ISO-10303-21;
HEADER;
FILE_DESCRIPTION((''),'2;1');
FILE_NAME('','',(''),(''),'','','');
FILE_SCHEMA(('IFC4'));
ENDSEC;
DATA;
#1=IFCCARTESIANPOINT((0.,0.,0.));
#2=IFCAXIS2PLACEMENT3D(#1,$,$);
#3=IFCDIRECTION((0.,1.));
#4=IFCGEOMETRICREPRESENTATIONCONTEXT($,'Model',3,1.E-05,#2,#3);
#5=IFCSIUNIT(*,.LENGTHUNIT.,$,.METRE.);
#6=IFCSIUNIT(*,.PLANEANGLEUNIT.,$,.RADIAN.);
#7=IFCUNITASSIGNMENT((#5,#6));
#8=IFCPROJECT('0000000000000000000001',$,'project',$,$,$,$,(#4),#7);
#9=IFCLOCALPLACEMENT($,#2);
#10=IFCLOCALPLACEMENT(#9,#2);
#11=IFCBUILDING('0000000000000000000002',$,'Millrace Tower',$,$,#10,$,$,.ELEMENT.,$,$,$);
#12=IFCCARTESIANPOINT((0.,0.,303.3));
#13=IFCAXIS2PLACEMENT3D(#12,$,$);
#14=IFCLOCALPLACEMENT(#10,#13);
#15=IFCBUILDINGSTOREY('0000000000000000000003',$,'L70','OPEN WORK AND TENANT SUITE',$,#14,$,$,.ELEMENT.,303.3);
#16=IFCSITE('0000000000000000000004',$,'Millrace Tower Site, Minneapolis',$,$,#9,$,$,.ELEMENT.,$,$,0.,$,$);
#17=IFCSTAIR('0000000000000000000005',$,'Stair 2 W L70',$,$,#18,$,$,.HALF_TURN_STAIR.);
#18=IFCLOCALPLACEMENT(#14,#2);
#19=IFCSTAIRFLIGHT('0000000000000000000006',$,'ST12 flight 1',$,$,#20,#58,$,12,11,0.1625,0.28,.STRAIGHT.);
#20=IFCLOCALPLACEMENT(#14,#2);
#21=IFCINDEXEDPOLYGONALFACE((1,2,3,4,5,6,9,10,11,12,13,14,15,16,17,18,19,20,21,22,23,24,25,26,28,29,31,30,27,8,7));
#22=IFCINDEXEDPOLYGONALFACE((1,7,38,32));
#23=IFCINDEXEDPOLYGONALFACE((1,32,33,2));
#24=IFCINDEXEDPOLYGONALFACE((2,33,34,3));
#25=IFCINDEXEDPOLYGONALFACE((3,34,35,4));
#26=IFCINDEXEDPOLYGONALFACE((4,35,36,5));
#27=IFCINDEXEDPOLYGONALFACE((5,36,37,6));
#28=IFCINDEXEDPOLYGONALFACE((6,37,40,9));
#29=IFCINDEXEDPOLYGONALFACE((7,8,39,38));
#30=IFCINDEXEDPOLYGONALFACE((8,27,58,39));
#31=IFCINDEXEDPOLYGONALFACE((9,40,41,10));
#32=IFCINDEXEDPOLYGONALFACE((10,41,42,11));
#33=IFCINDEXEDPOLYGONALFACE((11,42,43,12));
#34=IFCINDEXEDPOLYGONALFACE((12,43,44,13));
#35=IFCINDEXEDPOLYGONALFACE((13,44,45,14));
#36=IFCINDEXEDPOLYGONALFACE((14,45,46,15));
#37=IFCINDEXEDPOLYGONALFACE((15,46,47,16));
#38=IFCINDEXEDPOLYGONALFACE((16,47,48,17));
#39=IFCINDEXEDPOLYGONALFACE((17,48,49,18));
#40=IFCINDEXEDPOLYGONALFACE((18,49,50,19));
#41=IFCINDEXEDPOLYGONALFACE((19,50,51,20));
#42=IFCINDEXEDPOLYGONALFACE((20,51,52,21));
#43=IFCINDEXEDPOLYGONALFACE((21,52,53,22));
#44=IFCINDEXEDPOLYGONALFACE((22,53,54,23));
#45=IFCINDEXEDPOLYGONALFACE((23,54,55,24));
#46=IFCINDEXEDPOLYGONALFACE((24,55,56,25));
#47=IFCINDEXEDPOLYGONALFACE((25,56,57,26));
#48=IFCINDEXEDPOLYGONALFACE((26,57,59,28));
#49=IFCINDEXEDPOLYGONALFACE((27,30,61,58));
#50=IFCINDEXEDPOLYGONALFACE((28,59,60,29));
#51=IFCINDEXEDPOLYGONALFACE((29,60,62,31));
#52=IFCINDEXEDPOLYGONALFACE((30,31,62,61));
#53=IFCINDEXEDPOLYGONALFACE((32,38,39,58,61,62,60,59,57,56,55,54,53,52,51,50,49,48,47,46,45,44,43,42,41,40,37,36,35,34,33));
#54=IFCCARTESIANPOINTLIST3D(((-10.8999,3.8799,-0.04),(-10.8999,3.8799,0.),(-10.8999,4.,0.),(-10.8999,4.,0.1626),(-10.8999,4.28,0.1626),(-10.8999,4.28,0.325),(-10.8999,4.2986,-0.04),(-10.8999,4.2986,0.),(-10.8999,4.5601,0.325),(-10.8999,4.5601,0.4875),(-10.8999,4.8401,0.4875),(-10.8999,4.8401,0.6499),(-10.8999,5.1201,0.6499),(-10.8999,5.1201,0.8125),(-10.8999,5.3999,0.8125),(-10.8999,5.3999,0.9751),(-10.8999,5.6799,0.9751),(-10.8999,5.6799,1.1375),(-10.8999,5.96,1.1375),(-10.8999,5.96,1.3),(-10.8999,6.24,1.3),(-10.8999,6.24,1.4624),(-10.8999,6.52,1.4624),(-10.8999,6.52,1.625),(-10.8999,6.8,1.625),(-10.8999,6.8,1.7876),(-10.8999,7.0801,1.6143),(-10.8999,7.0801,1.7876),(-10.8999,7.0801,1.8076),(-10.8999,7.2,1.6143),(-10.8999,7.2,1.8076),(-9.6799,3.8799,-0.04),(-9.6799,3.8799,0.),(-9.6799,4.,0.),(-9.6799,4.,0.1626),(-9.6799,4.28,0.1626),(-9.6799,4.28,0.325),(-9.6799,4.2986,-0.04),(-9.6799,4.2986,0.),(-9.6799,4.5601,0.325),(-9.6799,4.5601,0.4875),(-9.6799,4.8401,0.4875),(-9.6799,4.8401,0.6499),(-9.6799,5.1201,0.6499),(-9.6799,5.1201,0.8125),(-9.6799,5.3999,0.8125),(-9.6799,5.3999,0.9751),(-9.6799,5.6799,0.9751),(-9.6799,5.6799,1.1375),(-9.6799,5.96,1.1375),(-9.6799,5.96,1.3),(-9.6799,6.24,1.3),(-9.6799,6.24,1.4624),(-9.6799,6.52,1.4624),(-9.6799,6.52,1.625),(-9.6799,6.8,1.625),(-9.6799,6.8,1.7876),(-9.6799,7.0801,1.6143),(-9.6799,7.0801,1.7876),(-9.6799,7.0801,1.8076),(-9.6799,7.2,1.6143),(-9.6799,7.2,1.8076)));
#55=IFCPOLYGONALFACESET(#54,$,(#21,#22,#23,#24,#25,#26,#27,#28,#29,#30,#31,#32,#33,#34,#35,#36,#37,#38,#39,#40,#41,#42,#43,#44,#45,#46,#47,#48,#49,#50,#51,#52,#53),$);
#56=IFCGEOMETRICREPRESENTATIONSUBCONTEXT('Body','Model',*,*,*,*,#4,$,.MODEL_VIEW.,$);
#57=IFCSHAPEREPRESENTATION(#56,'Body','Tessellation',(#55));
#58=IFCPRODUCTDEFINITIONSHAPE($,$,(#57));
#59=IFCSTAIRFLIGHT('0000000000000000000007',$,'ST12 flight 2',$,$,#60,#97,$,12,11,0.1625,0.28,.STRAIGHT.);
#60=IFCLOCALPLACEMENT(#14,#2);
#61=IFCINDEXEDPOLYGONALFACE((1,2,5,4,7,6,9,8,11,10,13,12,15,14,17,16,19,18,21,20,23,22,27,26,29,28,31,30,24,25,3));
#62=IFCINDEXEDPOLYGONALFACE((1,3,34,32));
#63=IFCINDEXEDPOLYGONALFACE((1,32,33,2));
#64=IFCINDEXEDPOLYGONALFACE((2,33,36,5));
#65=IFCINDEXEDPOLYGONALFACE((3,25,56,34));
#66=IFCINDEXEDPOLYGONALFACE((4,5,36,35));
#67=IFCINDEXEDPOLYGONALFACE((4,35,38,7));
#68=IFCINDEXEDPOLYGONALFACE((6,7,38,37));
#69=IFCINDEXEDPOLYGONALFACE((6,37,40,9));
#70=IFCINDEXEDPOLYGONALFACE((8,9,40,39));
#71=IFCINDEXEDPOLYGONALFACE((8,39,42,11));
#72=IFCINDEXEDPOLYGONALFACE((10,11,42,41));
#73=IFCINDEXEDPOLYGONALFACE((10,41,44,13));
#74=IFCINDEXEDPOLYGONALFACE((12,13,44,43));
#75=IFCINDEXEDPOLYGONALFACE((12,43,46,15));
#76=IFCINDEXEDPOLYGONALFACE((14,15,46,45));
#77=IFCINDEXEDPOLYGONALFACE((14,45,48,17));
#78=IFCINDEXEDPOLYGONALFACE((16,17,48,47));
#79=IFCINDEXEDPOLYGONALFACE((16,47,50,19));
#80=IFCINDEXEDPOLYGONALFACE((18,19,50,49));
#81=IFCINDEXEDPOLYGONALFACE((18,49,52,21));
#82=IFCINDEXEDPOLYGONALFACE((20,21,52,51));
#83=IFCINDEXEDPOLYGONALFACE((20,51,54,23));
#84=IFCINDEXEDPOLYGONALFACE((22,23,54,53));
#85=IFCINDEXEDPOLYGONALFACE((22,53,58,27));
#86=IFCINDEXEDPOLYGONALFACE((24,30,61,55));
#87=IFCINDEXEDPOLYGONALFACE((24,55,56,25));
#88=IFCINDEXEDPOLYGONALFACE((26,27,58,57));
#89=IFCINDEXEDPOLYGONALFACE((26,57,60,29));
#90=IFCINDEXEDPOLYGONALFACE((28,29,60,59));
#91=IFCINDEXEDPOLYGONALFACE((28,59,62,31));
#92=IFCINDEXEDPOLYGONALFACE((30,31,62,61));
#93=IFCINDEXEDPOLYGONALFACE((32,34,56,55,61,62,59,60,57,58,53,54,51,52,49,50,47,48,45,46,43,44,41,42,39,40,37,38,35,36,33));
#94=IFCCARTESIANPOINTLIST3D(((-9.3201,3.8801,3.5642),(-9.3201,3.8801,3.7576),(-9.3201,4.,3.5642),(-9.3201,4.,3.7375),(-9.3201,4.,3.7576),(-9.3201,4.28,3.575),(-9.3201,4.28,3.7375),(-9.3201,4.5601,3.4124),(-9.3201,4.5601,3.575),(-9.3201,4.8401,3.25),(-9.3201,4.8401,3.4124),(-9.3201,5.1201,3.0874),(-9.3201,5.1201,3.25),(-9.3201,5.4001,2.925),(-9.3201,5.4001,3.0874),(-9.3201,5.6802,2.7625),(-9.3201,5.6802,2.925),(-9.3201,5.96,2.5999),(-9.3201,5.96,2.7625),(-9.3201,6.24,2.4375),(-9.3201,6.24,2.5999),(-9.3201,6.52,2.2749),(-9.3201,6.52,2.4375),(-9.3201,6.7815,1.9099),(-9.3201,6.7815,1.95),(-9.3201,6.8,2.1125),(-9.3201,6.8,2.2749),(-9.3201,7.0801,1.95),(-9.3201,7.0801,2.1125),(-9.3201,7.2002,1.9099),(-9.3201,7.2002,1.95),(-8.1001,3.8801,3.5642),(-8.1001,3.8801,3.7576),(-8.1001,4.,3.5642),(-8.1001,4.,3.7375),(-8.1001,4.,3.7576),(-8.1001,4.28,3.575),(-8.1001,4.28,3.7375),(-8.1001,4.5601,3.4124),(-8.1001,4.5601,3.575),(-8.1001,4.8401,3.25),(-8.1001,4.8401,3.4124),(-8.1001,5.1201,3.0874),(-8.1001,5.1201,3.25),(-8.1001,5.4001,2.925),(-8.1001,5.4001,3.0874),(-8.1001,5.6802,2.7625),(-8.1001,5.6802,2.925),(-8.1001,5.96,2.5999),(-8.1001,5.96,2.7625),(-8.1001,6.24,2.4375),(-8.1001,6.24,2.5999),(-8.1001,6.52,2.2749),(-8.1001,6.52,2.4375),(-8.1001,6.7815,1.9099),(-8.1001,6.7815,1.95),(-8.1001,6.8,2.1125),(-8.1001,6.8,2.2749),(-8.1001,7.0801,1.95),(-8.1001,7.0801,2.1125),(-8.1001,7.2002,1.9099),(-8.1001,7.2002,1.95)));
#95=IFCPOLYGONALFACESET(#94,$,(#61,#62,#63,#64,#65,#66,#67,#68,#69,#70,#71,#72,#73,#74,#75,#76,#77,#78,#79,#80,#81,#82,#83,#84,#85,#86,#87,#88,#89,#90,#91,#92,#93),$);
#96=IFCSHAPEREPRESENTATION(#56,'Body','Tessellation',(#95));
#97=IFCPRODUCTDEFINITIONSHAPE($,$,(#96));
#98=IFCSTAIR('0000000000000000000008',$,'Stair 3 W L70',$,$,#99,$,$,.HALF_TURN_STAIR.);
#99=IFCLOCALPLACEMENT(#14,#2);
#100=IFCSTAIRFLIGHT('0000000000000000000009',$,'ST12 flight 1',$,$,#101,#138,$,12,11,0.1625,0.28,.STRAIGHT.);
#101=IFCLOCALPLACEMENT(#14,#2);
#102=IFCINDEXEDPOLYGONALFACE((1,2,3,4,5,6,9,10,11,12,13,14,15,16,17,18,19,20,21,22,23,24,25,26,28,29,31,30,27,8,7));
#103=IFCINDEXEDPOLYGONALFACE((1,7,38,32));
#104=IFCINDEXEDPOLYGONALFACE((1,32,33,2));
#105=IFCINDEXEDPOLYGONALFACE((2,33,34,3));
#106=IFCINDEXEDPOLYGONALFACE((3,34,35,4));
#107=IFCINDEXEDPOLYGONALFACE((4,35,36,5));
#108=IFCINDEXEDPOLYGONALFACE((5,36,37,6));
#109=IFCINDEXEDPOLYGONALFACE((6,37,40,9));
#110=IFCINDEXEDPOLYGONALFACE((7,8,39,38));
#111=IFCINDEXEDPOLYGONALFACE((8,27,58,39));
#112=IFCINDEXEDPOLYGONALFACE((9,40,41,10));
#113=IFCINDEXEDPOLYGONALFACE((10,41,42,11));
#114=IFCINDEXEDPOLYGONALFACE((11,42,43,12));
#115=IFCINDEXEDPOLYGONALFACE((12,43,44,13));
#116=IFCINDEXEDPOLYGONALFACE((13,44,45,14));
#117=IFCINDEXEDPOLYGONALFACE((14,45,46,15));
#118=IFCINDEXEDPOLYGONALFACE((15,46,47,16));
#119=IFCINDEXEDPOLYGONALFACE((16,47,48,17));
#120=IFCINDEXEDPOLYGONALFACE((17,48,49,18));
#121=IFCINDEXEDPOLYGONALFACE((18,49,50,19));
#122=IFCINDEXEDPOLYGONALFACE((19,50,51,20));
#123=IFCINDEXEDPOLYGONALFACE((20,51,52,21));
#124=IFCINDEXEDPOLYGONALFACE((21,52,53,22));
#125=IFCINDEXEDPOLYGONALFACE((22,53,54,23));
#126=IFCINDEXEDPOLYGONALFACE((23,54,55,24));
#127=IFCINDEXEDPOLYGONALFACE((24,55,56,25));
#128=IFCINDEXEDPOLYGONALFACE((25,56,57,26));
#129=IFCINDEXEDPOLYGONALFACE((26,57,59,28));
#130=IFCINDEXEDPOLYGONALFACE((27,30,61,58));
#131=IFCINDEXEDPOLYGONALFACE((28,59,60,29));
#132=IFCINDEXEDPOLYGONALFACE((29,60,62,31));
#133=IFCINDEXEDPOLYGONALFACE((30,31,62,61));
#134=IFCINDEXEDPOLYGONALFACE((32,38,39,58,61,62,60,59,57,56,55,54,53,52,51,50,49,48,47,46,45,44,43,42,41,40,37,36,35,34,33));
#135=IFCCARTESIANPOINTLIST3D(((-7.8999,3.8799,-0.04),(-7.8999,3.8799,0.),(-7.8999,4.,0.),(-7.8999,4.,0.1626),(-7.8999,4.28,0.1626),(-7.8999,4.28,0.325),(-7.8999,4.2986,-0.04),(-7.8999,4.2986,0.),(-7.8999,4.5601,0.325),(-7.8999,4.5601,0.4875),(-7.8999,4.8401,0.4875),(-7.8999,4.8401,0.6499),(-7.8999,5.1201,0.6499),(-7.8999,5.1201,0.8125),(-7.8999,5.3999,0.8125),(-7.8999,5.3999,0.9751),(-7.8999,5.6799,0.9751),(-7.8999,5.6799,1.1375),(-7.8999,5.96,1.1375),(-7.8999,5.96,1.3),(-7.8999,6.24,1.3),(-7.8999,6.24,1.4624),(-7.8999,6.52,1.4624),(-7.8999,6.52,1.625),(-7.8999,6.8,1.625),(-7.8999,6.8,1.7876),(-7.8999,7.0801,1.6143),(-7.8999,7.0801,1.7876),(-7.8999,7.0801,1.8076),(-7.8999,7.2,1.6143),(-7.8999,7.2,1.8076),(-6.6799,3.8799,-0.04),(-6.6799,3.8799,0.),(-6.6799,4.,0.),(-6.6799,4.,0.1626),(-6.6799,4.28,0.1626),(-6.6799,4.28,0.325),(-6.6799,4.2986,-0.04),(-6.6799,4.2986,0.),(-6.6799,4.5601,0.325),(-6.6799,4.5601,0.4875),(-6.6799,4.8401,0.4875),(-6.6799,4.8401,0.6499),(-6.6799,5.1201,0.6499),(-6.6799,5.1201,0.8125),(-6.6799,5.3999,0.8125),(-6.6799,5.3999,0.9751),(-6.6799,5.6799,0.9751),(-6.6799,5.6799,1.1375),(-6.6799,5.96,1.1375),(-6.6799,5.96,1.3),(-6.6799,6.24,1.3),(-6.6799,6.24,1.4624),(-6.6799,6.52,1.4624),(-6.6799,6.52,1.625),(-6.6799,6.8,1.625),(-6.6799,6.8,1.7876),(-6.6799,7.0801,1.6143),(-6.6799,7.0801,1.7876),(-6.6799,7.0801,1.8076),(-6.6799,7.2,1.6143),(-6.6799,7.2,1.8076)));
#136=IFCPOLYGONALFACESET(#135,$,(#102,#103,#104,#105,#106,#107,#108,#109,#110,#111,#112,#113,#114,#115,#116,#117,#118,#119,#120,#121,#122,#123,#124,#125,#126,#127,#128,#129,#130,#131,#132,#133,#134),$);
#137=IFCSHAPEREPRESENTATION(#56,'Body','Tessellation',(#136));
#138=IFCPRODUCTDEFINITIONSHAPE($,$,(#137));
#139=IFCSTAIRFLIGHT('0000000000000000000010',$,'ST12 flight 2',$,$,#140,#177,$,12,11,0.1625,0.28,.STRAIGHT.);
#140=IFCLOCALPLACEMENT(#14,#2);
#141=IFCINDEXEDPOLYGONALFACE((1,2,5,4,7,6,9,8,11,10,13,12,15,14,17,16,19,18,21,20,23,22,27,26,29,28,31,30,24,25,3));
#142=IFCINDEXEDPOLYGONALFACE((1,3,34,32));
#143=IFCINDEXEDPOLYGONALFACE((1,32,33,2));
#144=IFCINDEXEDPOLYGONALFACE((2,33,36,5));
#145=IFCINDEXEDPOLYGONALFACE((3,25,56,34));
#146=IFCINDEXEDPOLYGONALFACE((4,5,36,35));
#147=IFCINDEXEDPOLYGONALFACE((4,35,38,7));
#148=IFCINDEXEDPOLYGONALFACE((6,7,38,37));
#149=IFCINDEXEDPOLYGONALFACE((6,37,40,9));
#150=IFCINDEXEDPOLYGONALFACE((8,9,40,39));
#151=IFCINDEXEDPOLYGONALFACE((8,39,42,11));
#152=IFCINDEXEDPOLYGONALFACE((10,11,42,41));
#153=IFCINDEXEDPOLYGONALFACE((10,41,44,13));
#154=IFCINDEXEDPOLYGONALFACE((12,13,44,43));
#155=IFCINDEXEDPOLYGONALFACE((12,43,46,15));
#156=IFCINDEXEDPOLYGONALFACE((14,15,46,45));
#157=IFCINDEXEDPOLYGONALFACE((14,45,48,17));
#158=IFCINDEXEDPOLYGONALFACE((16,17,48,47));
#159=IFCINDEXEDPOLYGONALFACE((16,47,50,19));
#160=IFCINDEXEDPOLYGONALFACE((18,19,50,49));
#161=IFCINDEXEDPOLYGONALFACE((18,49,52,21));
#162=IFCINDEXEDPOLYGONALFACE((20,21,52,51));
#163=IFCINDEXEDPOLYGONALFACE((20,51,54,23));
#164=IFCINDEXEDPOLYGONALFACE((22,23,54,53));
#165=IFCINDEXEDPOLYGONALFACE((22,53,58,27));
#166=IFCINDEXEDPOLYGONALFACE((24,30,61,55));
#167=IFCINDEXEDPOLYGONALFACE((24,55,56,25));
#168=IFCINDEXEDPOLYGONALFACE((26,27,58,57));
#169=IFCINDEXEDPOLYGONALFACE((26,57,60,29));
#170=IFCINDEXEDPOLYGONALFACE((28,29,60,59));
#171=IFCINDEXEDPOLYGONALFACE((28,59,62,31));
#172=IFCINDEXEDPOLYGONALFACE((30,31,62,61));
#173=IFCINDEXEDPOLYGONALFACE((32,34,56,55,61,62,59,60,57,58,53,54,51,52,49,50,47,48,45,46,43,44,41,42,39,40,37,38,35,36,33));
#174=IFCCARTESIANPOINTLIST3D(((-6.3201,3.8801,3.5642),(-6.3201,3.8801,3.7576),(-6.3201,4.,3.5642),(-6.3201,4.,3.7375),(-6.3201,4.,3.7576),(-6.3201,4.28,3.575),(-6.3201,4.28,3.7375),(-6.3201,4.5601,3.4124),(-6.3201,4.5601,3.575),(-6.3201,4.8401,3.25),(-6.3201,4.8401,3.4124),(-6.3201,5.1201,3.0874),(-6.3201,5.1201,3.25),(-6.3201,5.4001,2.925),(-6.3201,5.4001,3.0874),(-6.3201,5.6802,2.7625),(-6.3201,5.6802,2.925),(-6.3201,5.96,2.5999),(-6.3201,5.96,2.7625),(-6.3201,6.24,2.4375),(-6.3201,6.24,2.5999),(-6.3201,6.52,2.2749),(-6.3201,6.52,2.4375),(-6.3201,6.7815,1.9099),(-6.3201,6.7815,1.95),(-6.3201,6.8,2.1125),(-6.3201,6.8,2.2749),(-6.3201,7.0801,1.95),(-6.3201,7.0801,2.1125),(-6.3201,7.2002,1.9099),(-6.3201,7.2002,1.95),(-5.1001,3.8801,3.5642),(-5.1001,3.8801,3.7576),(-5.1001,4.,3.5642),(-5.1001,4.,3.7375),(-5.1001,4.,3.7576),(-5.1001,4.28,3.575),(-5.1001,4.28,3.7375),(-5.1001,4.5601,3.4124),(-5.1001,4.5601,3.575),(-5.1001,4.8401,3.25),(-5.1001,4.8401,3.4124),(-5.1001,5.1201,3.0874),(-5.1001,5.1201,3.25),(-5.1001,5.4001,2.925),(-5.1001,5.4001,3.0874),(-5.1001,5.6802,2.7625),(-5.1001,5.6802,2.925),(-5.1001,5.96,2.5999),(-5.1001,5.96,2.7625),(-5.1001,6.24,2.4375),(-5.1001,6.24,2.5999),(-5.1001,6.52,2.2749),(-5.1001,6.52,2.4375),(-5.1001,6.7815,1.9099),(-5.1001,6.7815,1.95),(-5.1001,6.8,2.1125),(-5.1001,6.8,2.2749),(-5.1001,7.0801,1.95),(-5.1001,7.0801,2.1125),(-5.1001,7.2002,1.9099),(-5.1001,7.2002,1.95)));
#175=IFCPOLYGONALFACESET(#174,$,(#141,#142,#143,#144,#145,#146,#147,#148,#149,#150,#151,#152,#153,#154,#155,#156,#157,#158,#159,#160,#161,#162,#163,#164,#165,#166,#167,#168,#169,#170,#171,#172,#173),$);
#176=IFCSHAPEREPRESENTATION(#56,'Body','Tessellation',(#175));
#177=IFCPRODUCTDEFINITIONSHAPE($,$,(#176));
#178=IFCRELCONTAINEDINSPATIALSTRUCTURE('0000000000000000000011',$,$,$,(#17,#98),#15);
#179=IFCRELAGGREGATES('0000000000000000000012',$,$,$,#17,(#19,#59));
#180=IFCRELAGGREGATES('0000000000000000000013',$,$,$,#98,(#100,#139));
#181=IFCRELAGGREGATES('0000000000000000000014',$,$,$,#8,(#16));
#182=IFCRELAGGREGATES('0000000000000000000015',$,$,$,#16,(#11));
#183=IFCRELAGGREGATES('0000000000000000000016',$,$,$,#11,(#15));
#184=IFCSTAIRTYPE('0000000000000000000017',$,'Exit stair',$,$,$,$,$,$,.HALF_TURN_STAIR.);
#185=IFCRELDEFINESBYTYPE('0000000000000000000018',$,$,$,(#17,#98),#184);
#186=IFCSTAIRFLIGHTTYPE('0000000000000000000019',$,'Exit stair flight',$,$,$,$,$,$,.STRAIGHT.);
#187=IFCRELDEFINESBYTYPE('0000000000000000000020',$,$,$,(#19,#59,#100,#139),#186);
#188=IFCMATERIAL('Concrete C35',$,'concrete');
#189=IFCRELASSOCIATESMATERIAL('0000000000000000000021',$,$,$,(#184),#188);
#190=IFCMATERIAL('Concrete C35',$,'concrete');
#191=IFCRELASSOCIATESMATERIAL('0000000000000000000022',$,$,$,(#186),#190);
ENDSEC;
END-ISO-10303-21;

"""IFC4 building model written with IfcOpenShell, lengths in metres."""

from ifc_helpers import new_model, si_unit, direction, frame, origin, place, context, subcontext, project, spatial, polyline, outline, extrude, material, type_object, element, aggregate, save


model = new_model("IFC4")

# Units and contexts
model_context = context("Model", 3, precision=1e-05, world=origin(), true_north=direction((0.0, 1.0)))
body_context = subcontext(model_context, "Body", "Model", "MODEL_VIEW")
ifc_project = project(units=[si_unit("LENGTHUNIT", "METRE"), si_unit("PLANEANGLEUNIT", "RADIAN")], contexts=[model_context])

# Site, building, storey
site_placement = place(None, origin())
site = spatial("IfcSite", under=ifc_project, at=site_placement, Name="Millrace Tower Site, Minneapolis", CompositionType="ELEMENT", RefElevation=0.0)
building_placement = place(site_placement, origin())
building = spatial("IfcBuilding", under=site, at=building_placement, Name="Millrace Tower", CompositionType="ELEMENT")
storey_placement = place(building_placement, frame((0.0, 0.0, 303.3)))
storey = spatial("IfcBuildingStorey", under=building, at=storey_placement, Name="L70", Description="OPEN WORK AND TENANT SUITE", CompositionType="ELEMENT", Elevation=303.3)

# Shared definitions
ifc_material_1 = material(Name="Concrete C35", Category="concrete")
stair_type = type_object("IfcStairType", Name="Exit stair", PredefinedType="HALF_TURN_STAIR", material=ifc_material_1)
placement = place(storey_placement, origin())
ifc_material_2 = material(Name="Concrete C35", Category="concrete")
stair_flight_type = type_object("IfcStairFlightType", Name="Exit stair flight", PredefinedType="STRAIGHT", material=ifc_material_2)

# Stairs, stair flights
stair_1 = element("IfcStair", 1, at=placement, inside=storey, type_object=stair_type, Name="Stair 2 W L70", PredefinedType="HALF_TURN_STAIR")
stair_flight_1_placement = place(storey_placement, frame((-10.29, 4.0, 0.0), z_axis=(0.0, 0.0, 1.0), x_axis=(0.0, 1.0, 0.0)))
stair_flight_1 = element("IfcStairFlight", 2, at=stair_flight_1_placement, type_object=stair_flight_type, Name="ST12 flight 1", NumberOfRisers=12, NumberOfTreads=11, PredefinedType="STRAIGHT", RiserHeight=0.1625, TreadLength=0.28, context=body_context, shape_type="SweptSolid", body=[
    extrude(outline(polyline([(-0.1201, -0.04), (-0.1201, 0.0), (0.0, 0.0), (0.0, 0.1626), (0.28, 0.1626), (0.28, 0.325), (0.5601, 0.325), (0.5601, 0.4875), (0.8401, 0.4875), (0.8401, 0.6499), (1.1201, 0.6499), (1.1201, 0.8125), (1.3999, 0.8125), (1.3999, 0.9751), (1.6799, 0.9751), (1.6799, 1.1375), (1.96, 1.1375), (1.96, 1.3), (2.24, 1.3), (2.24, 1.4624), (2.52, 1.4624), (2.52, 1.625), (2.8, 1.625), (2.8, 1.7876), (3.0801, 1.7876), (3.0801, 1.8076), (3.2, 1.8076), (3.2, 1.6143), (3.0801, 1.6143), (0.2986, 0.0), (0.2986, -0.04), (-0.1201, -0.04)])), frame((0.0, 0.6099, 0.0), z_axis=(0.0, -1.0, 0.0), x_axis=(1.0, 0.0, 0.0)), (0.0, 0.0, 1.0), 1.22),
])
stair_flight_2_placement = place(storey_placement, frame((-8.71, 7.0801, 1.95), z_axis=(0.0, 0.0, 1.0), x_axis=(0.0, -1.0, 0.0)))
stair_flight_2 = element("IfcStairFlight", 3, at=stair_flight_2_placement, type_object=stair_flight_type, Name="ST12 flight 2", NumberOfRisers=12, NumberOfTreads=11, PredefinedType="STRAIGHT", RiserHeight=0.1625, TreadLength=0.28, context=body_context, shape_type="SweptSolid", body=[
    extrude(outline(polyline([(-0.1201, -0.04), (-0.1201, 0.0), (0.0, 0.0), (0.0, 0.1626), (0.28, 0.1626), (0.28, 0.325), (0.5601, 0.325), (0.5601, 0.4875), (0.8401, 0.4875), (0.8401, 0.6499), (1.1201, 0.6499), (1.1201, 0.8125), (1.3999, 0.8125), (1.3999, 0.9751), (1.6799, 0.9751), (1.6799, 1.1375), (1.96, 1.1375), (1.96, 1.3), (2.24, 1.3), (2.24, 1.4624), (2.52, 1.4624), (2.52, 1.625), (2.8, 1.625), (2.8, 1.7876), (3.0801, 1.7876), (3.0801, 1.8076), (3.2, 1.8076), (3.2, 1.6143), (3.0801, 1.6143), (0.2986, 0.0), (0.2986, -0.04), (-0.1201, -0.04)])), frame((0.0, 0.6099, 0.0), z_axis=(0.0, -1.0, 0.0), x_axis=(1.0, 0.0, 0.0)), (0.0, 0.0, 1.0), 1.22),
])
aggregate(stair_1, [stair_flight_1, stair_flight_2])
stair_2 = element("IfcStair", 4, at=placement, inside=storey, type_object=stair_type, Name="Stair 3 W L70", PredefinedType="HALF_TURN_STAIR")
stair_flight_3_placement = place(storey_placement, frame((-7.29, 4.0, 0.0), z_axis=(0.0, 0.0, 1.0), x_axis=(0.0, 1.0, 0.0)))
stair_flight_3 = element("IfcStairFlight", 5, at=stair_flight_3_placement, type_object=stair_flight_type, Name="ST12 flight 1", NumberOfRisers=12, NumberOfTreads=11, PredefinedType="STRAIGHT", RiserHeight=0.1625, TreadLength=0.28, context=body_context, shape_type="SweptSolid", body=[
    extrude(outline(polyline([(-0.1201, -0.04), (-0.1201, 0.0), (0.0, 0.0), (0.0, 0.1626), (0.28, 0.1626), (0.28, 0.325), (0.5601, 0.325), (0.5601, 0.4875), (0.8401, 0.4875), (0.8401, 0.6499), (1.1201, 0.6499), (1.1201, 0.8125), (1.3999, 0.8125), (1.3999, 0.9751), (1.6799, 0.9751), (1.6799, 1.1375), (1.96, 1.1375), (1.96, 1.3), (2.24, 1.3), (2.24, 1.4624), (2.52, 1.4624), (2.52, 1.625), (2.8, 1.625), (2.8, 1.7876), (3.0801, 1.7876), (3.0801, 1.8076), (3.2, 1.8076), (3.2, 1.6143), (3.0801, 1.6143), (0.2986, 0.0), (0.2986, -0.04), (-0.1201, -0.04)])), frame((0.0, 0.6099, 0.0), z_axis=(0.0, -1.0, 0.0), x_axis=(1.0, 0.0, 0.0)), (0.0, 0.0, 1.0), 1.22),
])
stair_flight_4_placement = place(storey_placement, frame((-5.71, 7.0801, 1.95), z_axis=(0.0, 0.0, 1.0), x_axis=(0.0, -1.0, 0.0)))
stair_flight_4 = element("IfcStairFlight", 6, at=stair_flight_4_placement, type_object=stair_flight_type, Name="ST12 flight 2", NumberOfRisers=12, NumberOfTreads=11, PredefinedType="STRAIGHT", RiserHeight=0.1625, TreadLength=0.28, context=body_context, shape_type="SweptSolid", body=[
    extrude(outline(polyline([(-0.1201, -0.04), (-0.1201, 0.0), (0.0, 0.0), (0.0, 0.1626), (0.28, 0.1626), (0.28, 0.325), (0.5601, 0.325), (0.5601, 0.4875), (0.8401, 0.4875), (0.8401, 0.6499), (1.1201, 0.6499), (1.1201, 0.8125), (1.3999, 0.8125), (1.3999, 0.9751), (1.6799, 0.9751), (1.6799, 1.1375), (1.96, 1.1375), (1.96, 1.3), (2.24, 1.3), (2.24, 1.4624), (2.52, 1.4624), (2.52, 1.625), (2.8, 1.625), (2.8, 1.7876), (3.0801, 1.7876), (3.0801, 1.8076), (3.2, 1.8076), (3.2, 1.6143), (3.0801, 1.6143), (0.2986, 0.0), (0.2986, -0.04), (-0.1201, -0.04)])), frame((0.0, 0.6099, 0.0), z_axis=(0.0, -1.0, 0.0), x_axis=(1.0, 0.0, 0.0)), (0.0, 0.0, 1.0), 1.22),
])
aggregate(stair_2, [stair_flight_3, stair_flight_4])

save(model, "model.ifc")
